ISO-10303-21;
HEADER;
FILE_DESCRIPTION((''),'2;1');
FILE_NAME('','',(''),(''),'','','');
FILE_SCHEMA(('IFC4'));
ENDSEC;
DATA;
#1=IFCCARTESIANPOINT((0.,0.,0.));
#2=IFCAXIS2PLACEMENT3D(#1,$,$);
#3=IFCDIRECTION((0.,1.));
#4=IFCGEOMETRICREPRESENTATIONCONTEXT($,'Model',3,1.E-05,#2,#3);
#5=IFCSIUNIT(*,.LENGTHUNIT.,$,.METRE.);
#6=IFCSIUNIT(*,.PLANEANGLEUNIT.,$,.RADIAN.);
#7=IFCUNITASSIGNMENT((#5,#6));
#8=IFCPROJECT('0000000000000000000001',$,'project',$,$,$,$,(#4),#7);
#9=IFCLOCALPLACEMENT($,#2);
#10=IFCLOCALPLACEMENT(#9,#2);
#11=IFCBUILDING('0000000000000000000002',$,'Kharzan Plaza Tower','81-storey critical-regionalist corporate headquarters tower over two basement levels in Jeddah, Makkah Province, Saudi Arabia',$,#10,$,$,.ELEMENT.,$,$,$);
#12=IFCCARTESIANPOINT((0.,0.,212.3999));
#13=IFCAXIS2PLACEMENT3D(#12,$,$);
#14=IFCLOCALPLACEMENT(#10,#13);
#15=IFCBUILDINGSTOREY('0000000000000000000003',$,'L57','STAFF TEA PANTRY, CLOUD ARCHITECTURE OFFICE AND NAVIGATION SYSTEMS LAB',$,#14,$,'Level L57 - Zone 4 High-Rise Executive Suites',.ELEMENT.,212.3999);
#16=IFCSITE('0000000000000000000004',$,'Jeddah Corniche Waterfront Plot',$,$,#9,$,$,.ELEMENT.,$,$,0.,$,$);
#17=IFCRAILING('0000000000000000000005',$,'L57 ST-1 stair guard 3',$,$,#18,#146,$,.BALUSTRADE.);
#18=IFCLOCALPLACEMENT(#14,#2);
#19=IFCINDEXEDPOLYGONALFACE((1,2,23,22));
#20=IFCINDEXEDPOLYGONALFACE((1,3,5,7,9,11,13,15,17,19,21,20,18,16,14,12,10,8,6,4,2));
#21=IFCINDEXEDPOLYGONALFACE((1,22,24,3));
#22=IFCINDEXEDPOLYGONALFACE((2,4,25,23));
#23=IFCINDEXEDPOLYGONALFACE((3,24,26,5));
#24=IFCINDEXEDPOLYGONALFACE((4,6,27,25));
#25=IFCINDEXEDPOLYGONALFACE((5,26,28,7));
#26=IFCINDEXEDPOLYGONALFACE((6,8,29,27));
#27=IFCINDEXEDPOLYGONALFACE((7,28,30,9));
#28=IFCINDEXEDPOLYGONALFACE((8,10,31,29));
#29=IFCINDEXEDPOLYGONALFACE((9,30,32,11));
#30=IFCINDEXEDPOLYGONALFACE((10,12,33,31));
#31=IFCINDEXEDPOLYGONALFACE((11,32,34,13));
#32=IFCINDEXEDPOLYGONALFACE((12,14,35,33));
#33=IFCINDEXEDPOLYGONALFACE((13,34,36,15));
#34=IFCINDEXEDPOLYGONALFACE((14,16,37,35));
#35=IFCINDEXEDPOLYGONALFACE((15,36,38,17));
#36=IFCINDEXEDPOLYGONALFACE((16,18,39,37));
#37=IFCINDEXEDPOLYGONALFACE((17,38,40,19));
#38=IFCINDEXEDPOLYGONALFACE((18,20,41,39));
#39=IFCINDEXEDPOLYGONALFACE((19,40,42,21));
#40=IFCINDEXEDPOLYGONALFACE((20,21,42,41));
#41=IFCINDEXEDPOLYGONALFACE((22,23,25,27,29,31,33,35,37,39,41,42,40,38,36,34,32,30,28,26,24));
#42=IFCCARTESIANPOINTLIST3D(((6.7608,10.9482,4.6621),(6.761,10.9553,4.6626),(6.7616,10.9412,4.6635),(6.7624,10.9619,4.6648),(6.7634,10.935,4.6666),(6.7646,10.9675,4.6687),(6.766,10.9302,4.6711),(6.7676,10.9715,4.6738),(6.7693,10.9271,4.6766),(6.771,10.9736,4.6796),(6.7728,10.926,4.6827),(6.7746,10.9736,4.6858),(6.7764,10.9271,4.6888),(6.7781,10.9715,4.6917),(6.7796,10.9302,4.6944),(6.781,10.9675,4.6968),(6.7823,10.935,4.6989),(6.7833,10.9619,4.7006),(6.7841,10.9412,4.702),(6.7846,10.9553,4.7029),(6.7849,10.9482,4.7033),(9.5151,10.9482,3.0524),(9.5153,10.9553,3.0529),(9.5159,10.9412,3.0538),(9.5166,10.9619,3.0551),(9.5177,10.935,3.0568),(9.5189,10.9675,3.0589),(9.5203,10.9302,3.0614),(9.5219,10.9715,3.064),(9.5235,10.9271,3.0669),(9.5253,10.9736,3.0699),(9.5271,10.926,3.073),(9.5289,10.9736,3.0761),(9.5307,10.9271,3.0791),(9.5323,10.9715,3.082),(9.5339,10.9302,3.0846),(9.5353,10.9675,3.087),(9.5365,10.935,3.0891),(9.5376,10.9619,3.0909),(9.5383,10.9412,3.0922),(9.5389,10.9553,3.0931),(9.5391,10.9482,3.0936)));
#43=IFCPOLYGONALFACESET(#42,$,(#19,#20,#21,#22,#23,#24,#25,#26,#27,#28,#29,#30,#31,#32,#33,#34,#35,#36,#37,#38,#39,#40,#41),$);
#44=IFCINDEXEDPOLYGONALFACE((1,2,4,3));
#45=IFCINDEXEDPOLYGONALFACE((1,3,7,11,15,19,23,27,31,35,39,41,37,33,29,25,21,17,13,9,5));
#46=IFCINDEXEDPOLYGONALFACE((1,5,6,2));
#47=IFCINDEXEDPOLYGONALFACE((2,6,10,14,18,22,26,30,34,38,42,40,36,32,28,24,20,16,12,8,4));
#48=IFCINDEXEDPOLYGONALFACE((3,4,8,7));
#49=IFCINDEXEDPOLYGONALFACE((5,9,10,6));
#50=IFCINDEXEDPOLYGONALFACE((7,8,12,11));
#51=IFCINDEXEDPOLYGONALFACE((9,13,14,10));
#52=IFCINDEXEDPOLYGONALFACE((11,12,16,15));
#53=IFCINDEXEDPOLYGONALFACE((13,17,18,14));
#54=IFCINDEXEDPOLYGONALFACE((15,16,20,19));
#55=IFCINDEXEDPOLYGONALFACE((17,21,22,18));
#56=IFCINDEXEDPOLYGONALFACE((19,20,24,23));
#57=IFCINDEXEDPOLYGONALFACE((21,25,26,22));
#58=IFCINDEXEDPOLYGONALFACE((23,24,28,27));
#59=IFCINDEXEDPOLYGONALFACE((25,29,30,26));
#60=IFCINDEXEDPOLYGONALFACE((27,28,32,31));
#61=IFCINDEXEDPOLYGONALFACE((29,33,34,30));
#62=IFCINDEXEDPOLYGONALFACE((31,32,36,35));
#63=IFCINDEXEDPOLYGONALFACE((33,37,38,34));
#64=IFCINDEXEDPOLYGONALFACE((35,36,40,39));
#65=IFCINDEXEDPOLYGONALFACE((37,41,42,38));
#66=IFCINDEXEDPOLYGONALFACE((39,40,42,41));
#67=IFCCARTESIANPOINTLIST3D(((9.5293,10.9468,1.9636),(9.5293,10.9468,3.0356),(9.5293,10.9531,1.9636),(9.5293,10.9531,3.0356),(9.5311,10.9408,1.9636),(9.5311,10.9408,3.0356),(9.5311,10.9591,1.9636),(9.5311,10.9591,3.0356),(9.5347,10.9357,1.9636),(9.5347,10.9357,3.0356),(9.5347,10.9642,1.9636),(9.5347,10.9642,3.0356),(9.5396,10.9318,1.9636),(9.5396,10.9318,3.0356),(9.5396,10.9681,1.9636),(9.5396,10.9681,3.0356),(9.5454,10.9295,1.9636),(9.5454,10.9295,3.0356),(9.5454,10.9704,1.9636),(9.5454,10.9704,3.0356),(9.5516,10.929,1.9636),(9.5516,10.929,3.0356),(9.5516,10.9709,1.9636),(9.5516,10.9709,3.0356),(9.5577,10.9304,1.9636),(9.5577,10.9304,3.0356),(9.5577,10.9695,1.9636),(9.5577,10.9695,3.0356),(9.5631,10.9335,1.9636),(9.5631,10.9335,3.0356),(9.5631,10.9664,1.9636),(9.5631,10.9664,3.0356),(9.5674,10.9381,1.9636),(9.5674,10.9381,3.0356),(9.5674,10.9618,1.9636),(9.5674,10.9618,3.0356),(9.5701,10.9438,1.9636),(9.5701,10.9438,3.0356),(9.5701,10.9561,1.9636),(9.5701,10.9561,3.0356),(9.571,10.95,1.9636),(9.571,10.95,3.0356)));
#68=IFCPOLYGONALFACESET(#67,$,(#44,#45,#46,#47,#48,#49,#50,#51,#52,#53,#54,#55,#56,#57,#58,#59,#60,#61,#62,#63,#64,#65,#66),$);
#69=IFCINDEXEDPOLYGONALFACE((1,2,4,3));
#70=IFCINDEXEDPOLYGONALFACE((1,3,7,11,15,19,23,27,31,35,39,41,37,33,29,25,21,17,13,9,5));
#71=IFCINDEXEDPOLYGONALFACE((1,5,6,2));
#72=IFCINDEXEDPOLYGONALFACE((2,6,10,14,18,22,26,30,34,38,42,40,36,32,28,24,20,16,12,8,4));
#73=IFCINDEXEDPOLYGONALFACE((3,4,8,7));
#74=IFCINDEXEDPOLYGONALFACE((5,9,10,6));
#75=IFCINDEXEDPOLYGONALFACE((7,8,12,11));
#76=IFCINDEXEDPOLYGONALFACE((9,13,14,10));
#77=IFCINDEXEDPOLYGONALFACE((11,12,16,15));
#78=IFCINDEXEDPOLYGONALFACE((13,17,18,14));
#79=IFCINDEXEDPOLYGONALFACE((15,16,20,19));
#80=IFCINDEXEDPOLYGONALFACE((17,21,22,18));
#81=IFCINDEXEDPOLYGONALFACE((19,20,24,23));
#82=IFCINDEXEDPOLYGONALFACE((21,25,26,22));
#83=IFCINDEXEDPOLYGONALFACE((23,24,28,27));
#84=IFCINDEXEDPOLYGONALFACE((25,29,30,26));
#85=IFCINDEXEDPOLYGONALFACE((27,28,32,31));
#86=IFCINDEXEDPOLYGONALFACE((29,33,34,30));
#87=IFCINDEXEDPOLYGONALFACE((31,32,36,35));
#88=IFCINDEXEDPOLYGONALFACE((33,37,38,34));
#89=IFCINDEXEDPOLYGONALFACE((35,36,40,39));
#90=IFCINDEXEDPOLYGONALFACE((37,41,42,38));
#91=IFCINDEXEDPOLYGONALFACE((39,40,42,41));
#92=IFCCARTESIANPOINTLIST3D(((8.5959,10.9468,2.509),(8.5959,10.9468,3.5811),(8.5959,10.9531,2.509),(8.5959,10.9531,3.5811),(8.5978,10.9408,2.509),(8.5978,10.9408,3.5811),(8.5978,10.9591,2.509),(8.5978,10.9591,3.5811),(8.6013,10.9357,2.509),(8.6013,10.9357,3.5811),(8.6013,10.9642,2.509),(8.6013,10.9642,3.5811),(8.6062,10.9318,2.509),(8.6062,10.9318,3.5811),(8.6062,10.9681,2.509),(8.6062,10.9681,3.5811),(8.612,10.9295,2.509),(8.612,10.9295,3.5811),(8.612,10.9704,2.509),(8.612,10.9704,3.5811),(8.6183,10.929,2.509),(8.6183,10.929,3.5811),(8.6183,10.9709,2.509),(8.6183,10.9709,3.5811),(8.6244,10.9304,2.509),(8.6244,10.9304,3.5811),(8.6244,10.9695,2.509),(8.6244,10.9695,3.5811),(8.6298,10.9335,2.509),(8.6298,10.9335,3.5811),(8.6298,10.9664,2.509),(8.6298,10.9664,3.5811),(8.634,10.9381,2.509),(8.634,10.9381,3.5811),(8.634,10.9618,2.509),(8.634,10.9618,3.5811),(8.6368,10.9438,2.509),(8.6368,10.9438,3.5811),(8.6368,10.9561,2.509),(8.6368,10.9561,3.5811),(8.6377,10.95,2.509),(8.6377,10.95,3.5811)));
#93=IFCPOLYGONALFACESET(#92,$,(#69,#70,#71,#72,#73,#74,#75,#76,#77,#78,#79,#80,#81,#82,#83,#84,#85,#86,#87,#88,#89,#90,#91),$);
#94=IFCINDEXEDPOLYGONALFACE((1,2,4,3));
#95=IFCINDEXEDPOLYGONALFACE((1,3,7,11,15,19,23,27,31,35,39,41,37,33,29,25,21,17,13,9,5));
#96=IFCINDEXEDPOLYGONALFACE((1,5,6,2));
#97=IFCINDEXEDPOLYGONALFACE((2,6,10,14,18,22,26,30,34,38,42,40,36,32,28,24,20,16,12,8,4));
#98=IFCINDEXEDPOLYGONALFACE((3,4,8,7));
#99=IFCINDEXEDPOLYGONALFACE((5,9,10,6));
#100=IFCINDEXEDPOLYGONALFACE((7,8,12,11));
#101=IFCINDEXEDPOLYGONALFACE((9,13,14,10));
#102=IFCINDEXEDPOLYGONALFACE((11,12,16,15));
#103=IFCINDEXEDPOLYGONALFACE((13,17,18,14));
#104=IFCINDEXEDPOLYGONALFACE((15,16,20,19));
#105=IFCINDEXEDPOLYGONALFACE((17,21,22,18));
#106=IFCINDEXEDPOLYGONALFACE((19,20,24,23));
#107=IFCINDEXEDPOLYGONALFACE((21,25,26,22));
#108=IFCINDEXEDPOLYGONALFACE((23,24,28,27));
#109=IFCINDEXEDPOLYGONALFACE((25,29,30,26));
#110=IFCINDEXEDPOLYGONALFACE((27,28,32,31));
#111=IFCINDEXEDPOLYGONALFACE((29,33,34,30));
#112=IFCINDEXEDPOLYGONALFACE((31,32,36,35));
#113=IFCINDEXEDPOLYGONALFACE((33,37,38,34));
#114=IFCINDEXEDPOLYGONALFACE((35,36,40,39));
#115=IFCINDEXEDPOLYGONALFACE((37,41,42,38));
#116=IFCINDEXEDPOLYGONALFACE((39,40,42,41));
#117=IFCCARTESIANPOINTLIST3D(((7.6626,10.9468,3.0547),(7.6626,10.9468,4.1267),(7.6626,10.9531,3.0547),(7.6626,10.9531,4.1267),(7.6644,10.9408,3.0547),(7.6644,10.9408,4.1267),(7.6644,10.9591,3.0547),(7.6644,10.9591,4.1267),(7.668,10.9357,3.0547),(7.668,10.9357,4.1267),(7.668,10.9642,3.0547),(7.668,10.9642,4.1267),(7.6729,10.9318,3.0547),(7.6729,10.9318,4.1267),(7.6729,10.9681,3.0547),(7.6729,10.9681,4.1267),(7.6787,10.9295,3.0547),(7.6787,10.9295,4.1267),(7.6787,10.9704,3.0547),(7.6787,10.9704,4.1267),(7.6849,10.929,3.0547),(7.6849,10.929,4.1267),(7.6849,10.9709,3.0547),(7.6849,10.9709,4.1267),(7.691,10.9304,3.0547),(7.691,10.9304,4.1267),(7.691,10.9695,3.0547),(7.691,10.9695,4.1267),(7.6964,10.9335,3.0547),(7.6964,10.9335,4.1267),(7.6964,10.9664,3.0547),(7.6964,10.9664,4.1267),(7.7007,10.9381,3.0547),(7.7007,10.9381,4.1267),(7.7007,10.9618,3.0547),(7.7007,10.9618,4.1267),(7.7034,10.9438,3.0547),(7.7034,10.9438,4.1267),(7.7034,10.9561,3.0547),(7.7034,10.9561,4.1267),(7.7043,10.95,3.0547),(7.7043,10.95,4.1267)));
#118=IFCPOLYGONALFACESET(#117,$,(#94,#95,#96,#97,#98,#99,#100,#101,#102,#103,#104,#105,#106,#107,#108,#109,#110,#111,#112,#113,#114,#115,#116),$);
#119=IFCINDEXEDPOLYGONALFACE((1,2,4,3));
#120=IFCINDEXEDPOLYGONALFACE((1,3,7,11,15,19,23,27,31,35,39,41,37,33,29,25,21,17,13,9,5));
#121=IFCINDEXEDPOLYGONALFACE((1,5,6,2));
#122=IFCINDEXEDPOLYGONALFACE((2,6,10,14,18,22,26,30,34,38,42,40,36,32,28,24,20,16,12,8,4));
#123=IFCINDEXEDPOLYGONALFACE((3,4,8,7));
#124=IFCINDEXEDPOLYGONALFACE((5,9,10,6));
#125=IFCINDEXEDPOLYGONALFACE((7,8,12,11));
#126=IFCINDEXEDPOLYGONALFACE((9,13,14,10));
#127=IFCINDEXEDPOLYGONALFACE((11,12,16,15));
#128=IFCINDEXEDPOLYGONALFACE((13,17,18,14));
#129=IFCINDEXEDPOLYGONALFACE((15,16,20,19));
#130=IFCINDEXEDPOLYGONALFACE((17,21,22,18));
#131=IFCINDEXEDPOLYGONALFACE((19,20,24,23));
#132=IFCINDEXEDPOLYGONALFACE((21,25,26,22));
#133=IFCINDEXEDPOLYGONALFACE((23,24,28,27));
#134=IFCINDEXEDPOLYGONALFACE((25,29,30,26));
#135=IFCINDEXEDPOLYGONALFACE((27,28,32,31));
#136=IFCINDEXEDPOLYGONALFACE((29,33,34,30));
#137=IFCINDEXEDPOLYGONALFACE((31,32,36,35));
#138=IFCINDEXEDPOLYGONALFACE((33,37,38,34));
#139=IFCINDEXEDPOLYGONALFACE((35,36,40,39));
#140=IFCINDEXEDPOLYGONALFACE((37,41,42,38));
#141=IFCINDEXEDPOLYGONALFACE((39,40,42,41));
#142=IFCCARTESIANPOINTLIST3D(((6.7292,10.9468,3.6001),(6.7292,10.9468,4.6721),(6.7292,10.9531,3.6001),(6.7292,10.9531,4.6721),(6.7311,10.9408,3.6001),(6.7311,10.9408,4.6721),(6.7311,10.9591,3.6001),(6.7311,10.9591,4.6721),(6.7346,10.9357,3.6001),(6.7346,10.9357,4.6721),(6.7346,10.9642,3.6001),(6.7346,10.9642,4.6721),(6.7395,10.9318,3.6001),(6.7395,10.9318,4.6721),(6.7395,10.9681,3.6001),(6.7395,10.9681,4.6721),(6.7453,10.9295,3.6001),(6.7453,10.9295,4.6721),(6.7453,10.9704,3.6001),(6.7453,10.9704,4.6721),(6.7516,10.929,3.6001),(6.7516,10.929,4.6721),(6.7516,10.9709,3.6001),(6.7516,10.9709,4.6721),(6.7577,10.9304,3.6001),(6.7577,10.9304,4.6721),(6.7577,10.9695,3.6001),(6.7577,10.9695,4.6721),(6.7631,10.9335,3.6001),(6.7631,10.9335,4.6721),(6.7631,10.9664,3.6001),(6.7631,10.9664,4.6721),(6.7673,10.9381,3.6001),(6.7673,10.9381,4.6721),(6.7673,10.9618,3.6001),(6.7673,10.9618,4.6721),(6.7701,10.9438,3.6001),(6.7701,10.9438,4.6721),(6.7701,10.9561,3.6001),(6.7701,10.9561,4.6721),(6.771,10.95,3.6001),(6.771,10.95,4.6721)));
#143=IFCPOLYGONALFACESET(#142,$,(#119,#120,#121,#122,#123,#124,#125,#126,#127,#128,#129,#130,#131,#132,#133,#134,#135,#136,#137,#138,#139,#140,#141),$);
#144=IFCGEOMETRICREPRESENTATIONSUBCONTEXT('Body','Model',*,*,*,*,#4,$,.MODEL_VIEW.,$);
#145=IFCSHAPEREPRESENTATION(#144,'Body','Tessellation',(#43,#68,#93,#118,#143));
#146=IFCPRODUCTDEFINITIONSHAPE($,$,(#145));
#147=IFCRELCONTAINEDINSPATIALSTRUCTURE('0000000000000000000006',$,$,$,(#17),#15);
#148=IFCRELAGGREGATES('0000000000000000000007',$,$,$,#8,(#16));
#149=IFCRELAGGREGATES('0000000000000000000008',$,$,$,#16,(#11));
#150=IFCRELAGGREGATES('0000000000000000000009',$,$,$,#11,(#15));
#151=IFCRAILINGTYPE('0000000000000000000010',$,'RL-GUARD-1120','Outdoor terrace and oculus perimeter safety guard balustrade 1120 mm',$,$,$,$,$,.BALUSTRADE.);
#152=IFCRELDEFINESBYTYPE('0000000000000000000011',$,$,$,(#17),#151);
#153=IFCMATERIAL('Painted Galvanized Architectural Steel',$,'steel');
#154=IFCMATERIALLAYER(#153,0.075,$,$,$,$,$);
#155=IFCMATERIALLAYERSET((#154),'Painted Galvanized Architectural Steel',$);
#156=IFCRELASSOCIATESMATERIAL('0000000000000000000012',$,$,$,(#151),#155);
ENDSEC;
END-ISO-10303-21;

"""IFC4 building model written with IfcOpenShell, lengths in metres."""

from ifc_helpers import new_model, si_unit, direction, frame, origin, origin_2d, place, context, subcontext, project, spatial, circle, extrude, source, transform, mapped, material, layer, layer_set, type_object, element, save


model = new_model("IFC4")

# Units and contexts
model_context = context("Model", 3, precision=1e-05, world=origin(), true_north=direction((0.0, 1.0)))
body_context = subcontext(model_context, "Body", "Model", "MODEL_VIEW")
ifc_project = project(units=[si_unit("LENGTHUNIT", "METRE"), si_unit("PLANEANGLEUNIT", "RADIAN")], contexts=[model_context])

# Site, building, storey
site_placement = place(None, origin())
site = spatial("IfcSite", under=ifc_project, at=site_placement, Name="Jeddah Corniche Waterfront Plot", CompositionType="ELEMENT", RefElevation=0.0)
building_placement = place(site_placement, origin())
building = spatial("IfcBuilding", under=site, at=building_placement, Name="Kharzan Plaza Tower", Description="81-storey critical-regionalist corporate headquarters tower over two basement levels in Jeddah, Makkah Province, Saudi Arabia", CompositionType="ELEMENT")
storey_placement = place(building_placement, frame((0.0, 0.0, 212.3999)))
storey = spatial("IfcBuildingStorey", under=building, at=storey_placement, Name="L57", Description="STAFF TEA PANTRY, CLOUD ARCHITECTURE OFFICE AND NAVIGATION SYSTEMS LAB", LongName="Level L57 - Zone 4 High-Rise Executive Suites", CompositionType="ELEMENT", Elevation=212.3999)

# Railing
ifc_material_1 = material(Name="Painted Galvanized Architectural Steel", Category="steel")
ifc_layer_1 = layer(ifc_material_1, 0.075)
ifc_layer_set_1 = layer_set([ifc_layer_1], Name="Painted Galvanized Architectural Steel")
railing_type_1 = type_object("IfcRailingType", Name="RL-GUARD-1120", Description="Outdoor terrace and oculus perimeter safety guard balustrade 1120 mm", PredefinedType="BALUSTRADE", material=ifc_layer_set_1)
shared_shape_1 = source(origin(), body_context, "Body", "SweptSolid", [
    extrude(circle(Radius=0.0239, at=origin_2d()), frame((-0.0229, 0.0, 1.1094), z_axis=(-0.863361, 0.0, 0.504587), x_axis=(0.0, -1.0, 0.0)), (0.0, 0.0, 1.0), 3.1902),
    extrude(circle(Radius=0.021, at=origin_2d()), origin(), (0.0, 0.0, 1.0), 1.072),
    extrude(circle(Radius=0.021, at=origin_2d()), frame((-0.9333, 0.0, 0.5454)), (0.0, 0.0, 1.0), 1.072),
    extrude(circle(Radius=0.021, at=origin_2d()), frame((-1.8667, 0.0, 1.0911)), (0.0, 0.0, 1.0), 1.072),
    extrude(circle(Radius=0.021, at=origin_2d()), frame((-2.8, 0.0, 1.6365)), (0.0, 0.0, 1.0), 1.072),
])
railing_1_placement = place(storey_placement, frame((9.55, 10.95, 1.9636)))
element("IfcRailing", 1, at=railing_1_placement, inside=storey, type_object=railing_type_1, Name="L57 ST-1 stair guard 3", PredefinedType="BALUSTRADE", context=body_context, shape_type="MappedRepresentation", body=[
    mapped(shared_shape_1, transform((0.0, 0.0, 0.0), x_axis=(1.0, 0.0, 0.0), y_axis=(0.0, 1.0, 0.0), z_axis=(0.0, 0.0, 1.0))),
])

save(model, "model.ifc")
